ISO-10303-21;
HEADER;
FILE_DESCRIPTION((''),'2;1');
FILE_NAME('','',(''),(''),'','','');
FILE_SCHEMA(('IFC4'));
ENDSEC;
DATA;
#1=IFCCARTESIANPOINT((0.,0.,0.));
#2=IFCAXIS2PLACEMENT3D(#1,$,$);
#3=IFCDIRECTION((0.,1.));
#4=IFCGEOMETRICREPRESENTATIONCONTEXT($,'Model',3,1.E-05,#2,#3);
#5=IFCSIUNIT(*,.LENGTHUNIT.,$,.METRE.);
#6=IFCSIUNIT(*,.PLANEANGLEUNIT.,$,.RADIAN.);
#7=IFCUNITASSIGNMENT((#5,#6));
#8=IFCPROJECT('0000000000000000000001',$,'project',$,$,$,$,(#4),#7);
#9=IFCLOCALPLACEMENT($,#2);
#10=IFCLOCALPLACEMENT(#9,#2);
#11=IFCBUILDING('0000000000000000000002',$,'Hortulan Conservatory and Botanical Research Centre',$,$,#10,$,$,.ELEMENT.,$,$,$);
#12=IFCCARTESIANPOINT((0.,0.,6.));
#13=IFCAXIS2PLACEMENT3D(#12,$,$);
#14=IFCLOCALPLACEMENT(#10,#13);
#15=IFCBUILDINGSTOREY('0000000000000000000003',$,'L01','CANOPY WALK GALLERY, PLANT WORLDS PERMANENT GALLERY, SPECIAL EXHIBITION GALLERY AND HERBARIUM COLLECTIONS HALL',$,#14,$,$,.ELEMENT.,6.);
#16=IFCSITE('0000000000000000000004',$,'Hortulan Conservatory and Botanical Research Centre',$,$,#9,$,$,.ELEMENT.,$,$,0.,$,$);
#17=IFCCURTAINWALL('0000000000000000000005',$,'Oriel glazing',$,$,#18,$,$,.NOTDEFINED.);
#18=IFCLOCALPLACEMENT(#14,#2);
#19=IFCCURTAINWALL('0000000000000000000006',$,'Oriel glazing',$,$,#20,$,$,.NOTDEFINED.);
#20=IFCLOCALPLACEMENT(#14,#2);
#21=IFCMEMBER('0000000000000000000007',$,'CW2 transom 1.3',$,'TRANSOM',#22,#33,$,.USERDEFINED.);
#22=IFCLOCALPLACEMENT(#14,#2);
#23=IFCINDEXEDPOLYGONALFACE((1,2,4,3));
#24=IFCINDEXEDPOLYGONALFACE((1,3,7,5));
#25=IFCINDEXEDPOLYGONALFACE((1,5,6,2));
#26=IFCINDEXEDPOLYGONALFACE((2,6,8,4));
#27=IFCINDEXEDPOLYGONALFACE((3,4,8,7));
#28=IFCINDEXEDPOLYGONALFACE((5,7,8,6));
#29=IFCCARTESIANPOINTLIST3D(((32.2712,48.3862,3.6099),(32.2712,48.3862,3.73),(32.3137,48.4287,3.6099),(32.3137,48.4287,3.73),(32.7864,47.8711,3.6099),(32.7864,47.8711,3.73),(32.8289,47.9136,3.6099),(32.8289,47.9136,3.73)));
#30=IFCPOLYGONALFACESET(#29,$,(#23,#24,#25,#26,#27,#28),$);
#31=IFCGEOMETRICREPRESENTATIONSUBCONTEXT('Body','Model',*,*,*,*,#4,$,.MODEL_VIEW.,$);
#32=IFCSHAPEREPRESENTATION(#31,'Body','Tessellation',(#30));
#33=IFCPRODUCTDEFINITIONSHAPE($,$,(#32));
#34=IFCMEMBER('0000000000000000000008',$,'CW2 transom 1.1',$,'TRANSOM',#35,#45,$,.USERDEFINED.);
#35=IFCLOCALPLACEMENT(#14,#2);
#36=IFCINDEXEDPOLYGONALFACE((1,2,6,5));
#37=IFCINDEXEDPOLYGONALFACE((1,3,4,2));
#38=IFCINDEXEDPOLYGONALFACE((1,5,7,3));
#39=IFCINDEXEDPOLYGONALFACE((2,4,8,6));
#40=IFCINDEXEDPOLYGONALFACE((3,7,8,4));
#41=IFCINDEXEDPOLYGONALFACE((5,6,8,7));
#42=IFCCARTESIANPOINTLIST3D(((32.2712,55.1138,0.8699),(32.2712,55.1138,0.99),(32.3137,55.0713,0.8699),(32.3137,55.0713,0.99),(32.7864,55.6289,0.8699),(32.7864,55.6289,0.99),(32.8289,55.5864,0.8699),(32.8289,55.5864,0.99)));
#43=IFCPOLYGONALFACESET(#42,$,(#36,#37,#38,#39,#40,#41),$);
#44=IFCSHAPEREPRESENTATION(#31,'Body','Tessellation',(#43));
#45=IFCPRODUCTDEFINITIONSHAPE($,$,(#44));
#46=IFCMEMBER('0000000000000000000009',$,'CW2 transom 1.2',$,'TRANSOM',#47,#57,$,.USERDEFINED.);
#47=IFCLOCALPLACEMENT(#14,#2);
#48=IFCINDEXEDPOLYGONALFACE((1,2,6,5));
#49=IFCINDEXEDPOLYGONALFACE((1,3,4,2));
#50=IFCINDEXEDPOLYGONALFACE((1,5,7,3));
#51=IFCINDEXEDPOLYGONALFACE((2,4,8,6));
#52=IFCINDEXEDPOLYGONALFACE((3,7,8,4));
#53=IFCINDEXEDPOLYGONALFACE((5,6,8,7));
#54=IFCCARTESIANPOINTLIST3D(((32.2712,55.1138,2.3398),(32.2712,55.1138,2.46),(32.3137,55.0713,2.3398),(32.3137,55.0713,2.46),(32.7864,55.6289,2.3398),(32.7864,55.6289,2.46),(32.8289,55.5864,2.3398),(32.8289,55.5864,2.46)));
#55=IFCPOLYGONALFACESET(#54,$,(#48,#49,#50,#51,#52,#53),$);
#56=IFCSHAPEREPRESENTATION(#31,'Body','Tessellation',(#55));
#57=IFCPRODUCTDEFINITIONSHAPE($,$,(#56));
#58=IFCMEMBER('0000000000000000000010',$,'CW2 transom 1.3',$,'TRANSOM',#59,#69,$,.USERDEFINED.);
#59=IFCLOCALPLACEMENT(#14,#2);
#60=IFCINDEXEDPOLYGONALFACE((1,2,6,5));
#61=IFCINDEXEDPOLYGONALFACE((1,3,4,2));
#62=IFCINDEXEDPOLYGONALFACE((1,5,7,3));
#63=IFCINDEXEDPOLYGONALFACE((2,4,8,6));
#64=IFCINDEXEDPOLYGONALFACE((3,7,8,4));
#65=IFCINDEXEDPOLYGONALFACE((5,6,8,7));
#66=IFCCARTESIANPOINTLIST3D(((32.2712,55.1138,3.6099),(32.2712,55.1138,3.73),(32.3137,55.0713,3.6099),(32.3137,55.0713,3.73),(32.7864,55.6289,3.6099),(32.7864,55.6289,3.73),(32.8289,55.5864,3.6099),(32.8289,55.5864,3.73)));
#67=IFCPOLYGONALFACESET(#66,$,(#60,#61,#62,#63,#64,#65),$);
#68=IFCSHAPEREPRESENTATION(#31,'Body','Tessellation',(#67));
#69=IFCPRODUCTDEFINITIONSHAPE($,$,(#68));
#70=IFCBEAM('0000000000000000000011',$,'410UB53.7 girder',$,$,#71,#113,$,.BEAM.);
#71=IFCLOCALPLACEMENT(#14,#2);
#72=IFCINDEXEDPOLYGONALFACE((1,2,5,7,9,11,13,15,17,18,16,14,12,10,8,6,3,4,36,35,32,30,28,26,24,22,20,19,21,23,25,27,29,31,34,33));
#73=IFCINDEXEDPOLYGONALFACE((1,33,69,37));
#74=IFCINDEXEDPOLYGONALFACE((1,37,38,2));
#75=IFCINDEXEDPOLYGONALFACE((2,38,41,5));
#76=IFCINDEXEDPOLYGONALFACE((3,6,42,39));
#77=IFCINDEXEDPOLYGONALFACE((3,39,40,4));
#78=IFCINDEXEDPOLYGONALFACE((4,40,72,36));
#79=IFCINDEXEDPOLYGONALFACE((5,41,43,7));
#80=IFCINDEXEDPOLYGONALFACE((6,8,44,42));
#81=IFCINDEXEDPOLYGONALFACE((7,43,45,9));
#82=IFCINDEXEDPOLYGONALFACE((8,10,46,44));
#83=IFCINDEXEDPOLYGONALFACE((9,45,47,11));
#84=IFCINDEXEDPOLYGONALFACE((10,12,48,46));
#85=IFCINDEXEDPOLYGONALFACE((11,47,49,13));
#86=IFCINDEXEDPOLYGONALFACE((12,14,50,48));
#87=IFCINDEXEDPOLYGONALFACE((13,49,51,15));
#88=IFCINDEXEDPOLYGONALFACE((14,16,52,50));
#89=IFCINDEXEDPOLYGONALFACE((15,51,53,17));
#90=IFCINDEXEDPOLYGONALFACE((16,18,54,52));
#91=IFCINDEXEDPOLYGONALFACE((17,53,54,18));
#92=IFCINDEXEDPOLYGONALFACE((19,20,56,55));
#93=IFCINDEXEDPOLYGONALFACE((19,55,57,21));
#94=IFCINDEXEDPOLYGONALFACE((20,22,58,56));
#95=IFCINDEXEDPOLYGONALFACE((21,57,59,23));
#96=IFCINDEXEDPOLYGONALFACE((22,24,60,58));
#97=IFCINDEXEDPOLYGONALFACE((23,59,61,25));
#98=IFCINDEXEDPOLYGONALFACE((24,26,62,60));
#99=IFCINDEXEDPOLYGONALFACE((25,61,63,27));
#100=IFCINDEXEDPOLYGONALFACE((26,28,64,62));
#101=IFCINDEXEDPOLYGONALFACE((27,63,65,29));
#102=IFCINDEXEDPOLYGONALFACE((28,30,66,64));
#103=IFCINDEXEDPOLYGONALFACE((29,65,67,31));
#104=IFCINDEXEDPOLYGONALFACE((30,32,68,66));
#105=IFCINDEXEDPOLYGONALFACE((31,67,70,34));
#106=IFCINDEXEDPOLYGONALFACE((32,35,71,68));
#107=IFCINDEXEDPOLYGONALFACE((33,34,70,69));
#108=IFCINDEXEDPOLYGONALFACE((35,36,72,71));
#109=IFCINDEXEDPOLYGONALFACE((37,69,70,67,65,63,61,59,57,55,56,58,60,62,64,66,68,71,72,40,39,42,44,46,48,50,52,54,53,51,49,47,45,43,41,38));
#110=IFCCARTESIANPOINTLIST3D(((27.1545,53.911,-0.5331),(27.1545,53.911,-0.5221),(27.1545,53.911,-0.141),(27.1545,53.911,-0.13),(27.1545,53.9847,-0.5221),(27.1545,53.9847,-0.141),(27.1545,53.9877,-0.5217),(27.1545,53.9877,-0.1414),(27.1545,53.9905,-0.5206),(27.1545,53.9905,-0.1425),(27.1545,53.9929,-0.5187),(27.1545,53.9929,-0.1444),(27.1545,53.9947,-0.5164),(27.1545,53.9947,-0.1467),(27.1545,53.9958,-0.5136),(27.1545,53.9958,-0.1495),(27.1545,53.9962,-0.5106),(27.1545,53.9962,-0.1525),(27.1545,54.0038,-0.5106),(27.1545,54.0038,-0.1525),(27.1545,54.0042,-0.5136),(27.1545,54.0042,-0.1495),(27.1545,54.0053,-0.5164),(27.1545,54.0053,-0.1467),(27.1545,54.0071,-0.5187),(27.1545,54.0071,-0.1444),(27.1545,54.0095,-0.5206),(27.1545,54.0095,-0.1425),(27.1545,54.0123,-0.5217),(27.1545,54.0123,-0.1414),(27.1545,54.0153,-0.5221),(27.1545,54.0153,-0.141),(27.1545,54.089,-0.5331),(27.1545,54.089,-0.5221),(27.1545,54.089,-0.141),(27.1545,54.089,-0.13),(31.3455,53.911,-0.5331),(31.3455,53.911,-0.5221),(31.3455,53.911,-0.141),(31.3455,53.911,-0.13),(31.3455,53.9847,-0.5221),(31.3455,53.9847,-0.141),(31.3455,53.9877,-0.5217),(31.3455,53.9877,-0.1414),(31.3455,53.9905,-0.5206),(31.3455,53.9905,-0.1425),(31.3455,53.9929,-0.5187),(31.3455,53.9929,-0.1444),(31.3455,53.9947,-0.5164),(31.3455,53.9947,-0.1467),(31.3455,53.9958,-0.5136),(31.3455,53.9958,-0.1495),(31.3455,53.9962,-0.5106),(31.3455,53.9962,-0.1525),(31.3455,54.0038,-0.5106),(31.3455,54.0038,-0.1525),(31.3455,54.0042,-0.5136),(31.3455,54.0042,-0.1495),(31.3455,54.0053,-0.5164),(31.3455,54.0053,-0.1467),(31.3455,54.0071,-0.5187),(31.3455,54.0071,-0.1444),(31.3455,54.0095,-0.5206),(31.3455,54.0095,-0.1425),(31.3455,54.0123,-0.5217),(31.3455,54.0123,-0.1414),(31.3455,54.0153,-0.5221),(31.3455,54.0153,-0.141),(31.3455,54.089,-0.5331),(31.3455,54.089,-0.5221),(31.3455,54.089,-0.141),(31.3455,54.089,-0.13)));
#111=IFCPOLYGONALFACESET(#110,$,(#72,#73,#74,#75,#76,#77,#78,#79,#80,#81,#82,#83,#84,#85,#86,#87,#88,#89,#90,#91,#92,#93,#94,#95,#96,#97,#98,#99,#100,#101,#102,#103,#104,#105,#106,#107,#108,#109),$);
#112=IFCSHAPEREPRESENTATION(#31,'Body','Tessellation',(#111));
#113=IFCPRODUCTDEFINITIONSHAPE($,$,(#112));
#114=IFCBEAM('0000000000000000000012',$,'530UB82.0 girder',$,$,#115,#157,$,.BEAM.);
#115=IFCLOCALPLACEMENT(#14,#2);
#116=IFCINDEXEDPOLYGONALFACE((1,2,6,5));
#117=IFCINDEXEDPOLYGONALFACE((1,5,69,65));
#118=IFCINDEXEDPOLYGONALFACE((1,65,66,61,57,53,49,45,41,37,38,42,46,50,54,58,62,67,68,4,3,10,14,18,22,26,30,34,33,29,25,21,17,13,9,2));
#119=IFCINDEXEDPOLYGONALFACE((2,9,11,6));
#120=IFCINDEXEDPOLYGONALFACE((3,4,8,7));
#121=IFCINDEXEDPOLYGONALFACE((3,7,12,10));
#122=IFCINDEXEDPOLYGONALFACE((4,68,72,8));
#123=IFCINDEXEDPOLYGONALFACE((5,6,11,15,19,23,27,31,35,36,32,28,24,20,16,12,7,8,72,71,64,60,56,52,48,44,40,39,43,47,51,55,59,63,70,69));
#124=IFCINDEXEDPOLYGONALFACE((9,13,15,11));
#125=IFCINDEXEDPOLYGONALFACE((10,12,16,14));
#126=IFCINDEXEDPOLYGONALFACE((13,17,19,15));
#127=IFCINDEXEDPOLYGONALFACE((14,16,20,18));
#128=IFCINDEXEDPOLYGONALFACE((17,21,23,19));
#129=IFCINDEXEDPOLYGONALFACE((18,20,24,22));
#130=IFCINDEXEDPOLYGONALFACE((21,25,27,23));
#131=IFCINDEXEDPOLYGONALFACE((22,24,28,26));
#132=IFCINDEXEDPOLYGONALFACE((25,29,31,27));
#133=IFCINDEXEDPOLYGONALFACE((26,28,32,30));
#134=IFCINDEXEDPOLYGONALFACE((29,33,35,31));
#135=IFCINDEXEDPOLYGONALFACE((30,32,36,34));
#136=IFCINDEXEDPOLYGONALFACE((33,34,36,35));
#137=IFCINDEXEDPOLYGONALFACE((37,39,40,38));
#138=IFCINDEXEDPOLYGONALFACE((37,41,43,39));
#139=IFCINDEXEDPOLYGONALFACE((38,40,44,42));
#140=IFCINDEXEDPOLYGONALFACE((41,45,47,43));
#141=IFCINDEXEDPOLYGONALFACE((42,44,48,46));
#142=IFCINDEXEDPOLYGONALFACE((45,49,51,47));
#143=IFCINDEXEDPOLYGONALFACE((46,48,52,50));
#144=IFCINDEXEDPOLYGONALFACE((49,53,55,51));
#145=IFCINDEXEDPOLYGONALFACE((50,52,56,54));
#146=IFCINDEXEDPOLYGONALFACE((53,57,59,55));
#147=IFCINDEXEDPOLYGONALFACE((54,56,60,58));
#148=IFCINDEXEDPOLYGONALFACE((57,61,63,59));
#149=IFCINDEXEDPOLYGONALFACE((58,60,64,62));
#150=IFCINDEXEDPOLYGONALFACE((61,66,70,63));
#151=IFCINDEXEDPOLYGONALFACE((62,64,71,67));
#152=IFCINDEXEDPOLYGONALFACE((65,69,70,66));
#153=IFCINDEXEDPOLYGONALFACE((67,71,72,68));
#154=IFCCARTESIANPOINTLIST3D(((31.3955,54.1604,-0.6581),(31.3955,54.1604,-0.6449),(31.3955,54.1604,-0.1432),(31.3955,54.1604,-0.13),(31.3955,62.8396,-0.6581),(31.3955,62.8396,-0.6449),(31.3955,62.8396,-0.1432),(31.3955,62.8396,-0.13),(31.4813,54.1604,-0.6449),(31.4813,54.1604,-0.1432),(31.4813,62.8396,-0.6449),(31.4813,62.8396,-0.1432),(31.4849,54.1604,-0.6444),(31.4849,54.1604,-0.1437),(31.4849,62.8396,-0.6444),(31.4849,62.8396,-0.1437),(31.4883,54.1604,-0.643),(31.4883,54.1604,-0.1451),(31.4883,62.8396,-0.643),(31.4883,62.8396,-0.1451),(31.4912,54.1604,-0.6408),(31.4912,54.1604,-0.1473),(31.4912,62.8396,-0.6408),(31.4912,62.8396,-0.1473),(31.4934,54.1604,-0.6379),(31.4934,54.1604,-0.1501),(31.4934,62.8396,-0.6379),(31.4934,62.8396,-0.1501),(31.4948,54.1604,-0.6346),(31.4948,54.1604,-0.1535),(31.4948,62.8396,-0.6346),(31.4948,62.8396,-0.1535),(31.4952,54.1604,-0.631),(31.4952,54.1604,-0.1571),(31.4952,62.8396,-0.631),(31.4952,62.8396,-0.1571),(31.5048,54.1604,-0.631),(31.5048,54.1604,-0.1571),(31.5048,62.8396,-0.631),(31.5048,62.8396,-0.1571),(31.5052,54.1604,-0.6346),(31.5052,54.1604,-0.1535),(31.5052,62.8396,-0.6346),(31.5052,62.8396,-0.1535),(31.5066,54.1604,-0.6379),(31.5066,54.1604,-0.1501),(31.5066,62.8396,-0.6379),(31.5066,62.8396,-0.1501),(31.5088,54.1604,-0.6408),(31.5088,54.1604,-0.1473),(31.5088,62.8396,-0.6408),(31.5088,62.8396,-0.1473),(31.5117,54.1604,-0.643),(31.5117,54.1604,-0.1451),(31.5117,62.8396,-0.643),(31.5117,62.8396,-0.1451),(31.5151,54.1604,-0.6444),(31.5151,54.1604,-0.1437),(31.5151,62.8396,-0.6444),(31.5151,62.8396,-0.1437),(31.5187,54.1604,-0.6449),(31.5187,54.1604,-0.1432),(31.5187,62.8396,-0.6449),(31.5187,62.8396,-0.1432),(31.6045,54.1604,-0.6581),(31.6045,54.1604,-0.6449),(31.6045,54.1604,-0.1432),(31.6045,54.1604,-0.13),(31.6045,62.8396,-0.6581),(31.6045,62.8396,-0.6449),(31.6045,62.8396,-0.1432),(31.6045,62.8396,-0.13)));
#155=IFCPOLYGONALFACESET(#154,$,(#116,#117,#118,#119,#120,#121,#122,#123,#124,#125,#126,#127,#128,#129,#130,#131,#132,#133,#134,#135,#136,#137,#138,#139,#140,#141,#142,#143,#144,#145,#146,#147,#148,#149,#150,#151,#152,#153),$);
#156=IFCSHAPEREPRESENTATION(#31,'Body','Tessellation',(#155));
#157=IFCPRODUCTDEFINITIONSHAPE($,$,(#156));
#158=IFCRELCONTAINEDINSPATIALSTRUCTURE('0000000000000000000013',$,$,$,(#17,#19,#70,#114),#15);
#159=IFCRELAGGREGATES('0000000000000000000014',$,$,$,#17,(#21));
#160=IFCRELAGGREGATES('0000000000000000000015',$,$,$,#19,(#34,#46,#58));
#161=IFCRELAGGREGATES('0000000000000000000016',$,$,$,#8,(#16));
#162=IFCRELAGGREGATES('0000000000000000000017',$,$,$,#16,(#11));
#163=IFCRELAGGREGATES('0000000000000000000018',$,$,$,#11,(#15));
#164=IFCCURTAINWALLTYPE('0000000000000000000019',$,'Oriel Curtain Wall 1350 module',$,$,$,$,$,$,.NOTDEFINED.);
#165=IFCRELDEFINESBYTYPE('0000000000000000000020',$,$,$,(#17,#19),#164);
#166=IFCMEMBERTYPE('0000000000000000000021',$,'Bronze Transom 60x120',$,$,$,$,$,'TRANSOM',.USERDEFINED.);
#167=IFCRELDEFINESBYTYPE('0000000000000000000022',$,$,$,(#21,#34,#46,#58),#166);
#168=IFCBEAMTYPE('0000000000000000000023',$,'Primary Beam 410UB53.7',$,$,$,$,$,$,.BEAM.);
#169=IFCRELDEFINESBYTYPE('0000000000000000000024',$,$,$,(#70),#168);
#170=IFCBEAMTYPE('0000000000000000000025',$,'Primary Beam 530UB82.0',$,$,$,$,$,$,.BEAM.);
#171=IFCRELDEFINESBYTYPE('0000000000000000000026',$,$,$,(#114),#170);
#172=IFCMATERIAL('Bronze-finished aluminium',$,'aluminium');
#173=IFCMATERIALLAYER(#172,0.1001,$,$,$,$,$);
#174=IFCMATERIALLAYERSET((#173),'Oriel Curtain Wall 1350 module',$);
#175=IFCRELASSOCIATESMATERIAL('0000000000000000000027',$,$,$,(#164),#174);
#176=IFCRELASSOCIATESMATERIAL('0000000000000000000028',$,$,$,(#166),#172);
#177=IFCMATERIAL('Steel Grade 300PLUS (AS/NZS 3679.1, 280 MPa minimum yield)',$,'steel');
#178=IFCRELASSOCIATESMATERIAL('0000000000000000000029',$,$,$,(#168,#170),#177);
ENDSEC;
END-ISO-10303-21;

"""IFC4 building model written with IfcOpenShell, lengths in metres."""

from ifc_helpers import new_model, si_unit, direction, frame, origin, origin_2d, place, context, subcontext, project, spatial, rectangle, i_section, extrude, material, layer, layer_set, material_profile, profile_set, type_object, element, aggregate, save


model = new_model("IFC4")

# Units and contexts
model_context = context("Model", 3, precision=1e-05, world=origin(), true_north=direction((0.0, 1.0)))
body_context = subcontext(model_context, "Body", "Model", "MODEL_VIEW")
ifc_project = project(units=[si_unit("LENGTHUNIT", "METRE"), si_unit("PLANEANGLEUNIT", "RADIAN")], contexts=[model_context])

# Site, building, storey
site_placement = place(None, origin())
site = spatial("IfcSite", under=ifc_project, at=site_placement, Name="Hortulan Conservatory and Botanical Research Centre", CompositionType="ELEMENT", RefElevation=0.0)
building_placement = place(site_placement, origin())
building = spatial("IfcBuilding", under=site, at=building_placement, Name="Hortulan Conservatory and Botanical Research Centre", CompositionType="ELEMENT")
storey_placement = place(building_placement, frame((0.0, 0.0, 6.0)))
storey = spatial("IfcBuildingStorey", under=building, at=storey_placement, Name="L01", Description="CANOPY WALK GALLERY, PLANT WORLDS PERMANENT GALLERY, SPECIAL EXHIBITION GALLERY AND HERBARIUM COLLECTIONS HALL", CompositionType="ELEMENT", Elevation=6.0)

# Shared definitions
ifc_material_1 = material(Name="Steel Grade 300PLUS (AS/NZS 3679.1, 280 MPa minimum yield)", Category="steel")

# Curtain wall
ifc_material_2 = material(Name="Bronze-finished aluminium", Category="aluminium")
ifc_layer_1 = layer(ifc_material_2, 0.1001)
ifc_layer_set_1 = layer_set([ifc_layer_1], Name="Oriel Curtain Wall 1350 module")
curtain_wall_type = type_object("IfcCurtainWallType", Name="Oriel Curtain Wall 1350 module", PredefinedType="NOTDEFINED", material=ifc_layer_set_1)
curtain_wall_1_placement = place(storey_placement, origin())
curtain_wall_1 = element("IfcCurtainWall", 1, at=curtain_wall_1_placement, inside=storey, type_object=curtain_wall_type, Name="Oriel glazing", PredefinedType="NOTDEFINED")

# Curtain wall
curtain_wall_2_placement = place(storey_placement, origin())
curtain_wall_2 = element("IfcCurtainWall", 2, at=curtain_wall_2_placement, inside=storey, type_object=curtain_wall_type, Name="Oriel glazing", PredefinedType="NOTDEFINED")

# Members
ifc_material_profile_1 = material_profile(ifc_material_2, rectangle(XDim=0.0601, YDim=0.1201, at=origin_2d()), Name="Bronze Transom 60x120")
ifc_profile_set_1 = profile_set([ifc_material_profile_1], Name="Bronze-finished aluminium")
member_type_1 = type_object("IfcMemberType", Name="Bronze Transom 60x120", ElementType="TRANSOM", PredefinedType="USERDEFINED", material=ifc_profile_set_1)
member_1_placement = place(storey_placement, frame((32.2925, 48.4075, 3.6699), z_axis=(0.707107, -0.707107, 0.0), x_axis=(0.707107, 0.707107, 0.0)))
member_1 = element("IfcMember", 3, at=member_1_placement, type_object=member_type_1, Name="CW2 transom 1.3", ObjectType="TRANSOM", PredefinedType="USERDEFINED", context=body_context, shape_type="SweptSolid", body=[
    extrude(rectangle(XDim=0.0601, YDim=0.1201, at=origin_2d()), origin(), (0.0, 0.0, 1.0), 0.7285),
])
member_2_placement = place(storey_placement, frame((32.8076, 55.6077, 0.9299), z_axis=(-0.707107, -0.707107, 0.0), x_axis=(0.707107, -0.707107, 0.0)))
member_2 = element("IfcMember", 4, at=member_2_placement, type_object=member_type_1, Name="CW2 transom 1.1", ObjectType="TRANSOM", PredefinedType="USERDEFINED", context=body_context, shape_type="SweptSolid", body=[
    extrude(rectangle(XDim=0.0601, YDim=0.1201, at=origin_2d()), origin(), (0.0, 0.0, 1.0), 0.7285),
])
member_3_placement = place(storey_placement, frame((32.8076, 55.6077, 2.3999), z_axis=(-0.707107, -0.707107, 0.0), x_axis=(0.707107, -0.707107, 0.0)))
member_3 = element("IfcMember", 5, at=member_3_placement, type_object=member_type_1, Name="CW2 transom 1.2", ObjectType="TRANSOM", PredefinedType="USERDEFINED", context=body_context, shape_type="SweptSolid", body=[
    extrude(rectangle(XDim=0.0601, YDim=0.1201, at=origin_2d()), origin(), (0.0, 0.0, 1.0), 0.7285),
])
member_4_placement = place(storey_placement, frame((32.8076, 55.6077, 3.6699), z_axis=(-0.707107, -0.707107, 0.0), x_axis=(0.707107, -0.707107, 0.0)))
member_4 = element("IfcMember", 6, at=member_4_placement, type_object=member_type_1, Name="CW2 transom 1.3", ObjectType="TRANSOM", PredefinedType="USERDEFINED", context=body_context, shape_type="SweptSolid", body=[
    extrude(rectangle(XDim=0.0601, YDim=0.1201, at=origin_2d()), origin(), (0.0, 0.0, 1.0), 0.7285),
])

# Beams
ifc_material_profile_2 = material_profile(ifc_material_1, i_section(OverallWidth=0.178, OverallDepth=0.4031, WebThickness=0.0076, FlangeThickness=0.011, FilletRadius=0.0115, at=origin_2d()), Name="410UB53.7")
ifc_profile_set_2 = profile_set([ifc_material_profile_2], Name="Steel Grade 300PLUS (AS/NZS 3679.1, 280 MPa minimum yield)")
beam_type_1 = type_object("IfcBeamType", Name="Primary Beam 410UB53.7", PredefinedType="BEAM", material=ifc_profile_set_2)
beam_1_placement = place(storey_placement, frame((27.1545, 54.0, -0.3315), z_axis=(1.0, 0.0, 0.0), x_axis=(0.0, 1.0, 0.0)))
element("IfcBeam", 7, at=beam_1_placement, inside=storey, type_object=beam_type_1, Name="410UB53.7 girder", PredefinedType="BEAM", context=body_context, shape_type="SweptSolid", body=[
    extrude(i_section(OverallWidth=0.178, OverallDepth=0.4031, WebThickness=0.0076, FlangeThickness=0.011, FilletRadius=0.0115, at=origin_2d()), origin(), (0.0, 0.0, 1.0), 4.1909),
])
ifc_material_profile_3 = material_profile(ifc_material_1, i_section(OverallWidth=0.209, OverallDepth=0.5281, WebThickness=0.0095, FlangeThickness=0.0132, FilletRadius=0.0139, at=origin_2d()), Name="530UB82.0")
ifc_profile_set_3 = profile_set([ifc_material_profile_3], Name="Steel Grade 300PLUS (AS/NZS 3679.1, 280 MPa minimum yield)")
beam_type_2 = type_object("IfcBeamType", Name="Primary Beam 530UB82.0", PredefinedType="BEAM", material=ifc_profile_set_3)
beam_2_placement = place(storey_placement, frame((31.5, 54.1604, -0.394), z_axis=(0.0, 1.0, 0.0), x_axis=(-1.0, 0.0, 0.0)))
element("IfcBeam", 8, at=beam_2_placement, inside=storey, type_object=beam_type_2, Name="530UB82.0 girder", PredefinedType="BEAM", context=body_context, shape_type="SweptSolid", body=[
    extrude(i_section(OverallWidth=0.209, OverallDepth=0.5281, WebThickness=0.0095, FlangeThickness=0.0132, FilletRadius=0.0139, at=origin_2d()), origin(), (0.0, 0.0, 1.0), 8.6792),
])

aggregate(curtain_wall_1, [member_1])
aggregate(curtain_wall_2, [member_2, member_3, member_4])

save(model, "model.ifc")
